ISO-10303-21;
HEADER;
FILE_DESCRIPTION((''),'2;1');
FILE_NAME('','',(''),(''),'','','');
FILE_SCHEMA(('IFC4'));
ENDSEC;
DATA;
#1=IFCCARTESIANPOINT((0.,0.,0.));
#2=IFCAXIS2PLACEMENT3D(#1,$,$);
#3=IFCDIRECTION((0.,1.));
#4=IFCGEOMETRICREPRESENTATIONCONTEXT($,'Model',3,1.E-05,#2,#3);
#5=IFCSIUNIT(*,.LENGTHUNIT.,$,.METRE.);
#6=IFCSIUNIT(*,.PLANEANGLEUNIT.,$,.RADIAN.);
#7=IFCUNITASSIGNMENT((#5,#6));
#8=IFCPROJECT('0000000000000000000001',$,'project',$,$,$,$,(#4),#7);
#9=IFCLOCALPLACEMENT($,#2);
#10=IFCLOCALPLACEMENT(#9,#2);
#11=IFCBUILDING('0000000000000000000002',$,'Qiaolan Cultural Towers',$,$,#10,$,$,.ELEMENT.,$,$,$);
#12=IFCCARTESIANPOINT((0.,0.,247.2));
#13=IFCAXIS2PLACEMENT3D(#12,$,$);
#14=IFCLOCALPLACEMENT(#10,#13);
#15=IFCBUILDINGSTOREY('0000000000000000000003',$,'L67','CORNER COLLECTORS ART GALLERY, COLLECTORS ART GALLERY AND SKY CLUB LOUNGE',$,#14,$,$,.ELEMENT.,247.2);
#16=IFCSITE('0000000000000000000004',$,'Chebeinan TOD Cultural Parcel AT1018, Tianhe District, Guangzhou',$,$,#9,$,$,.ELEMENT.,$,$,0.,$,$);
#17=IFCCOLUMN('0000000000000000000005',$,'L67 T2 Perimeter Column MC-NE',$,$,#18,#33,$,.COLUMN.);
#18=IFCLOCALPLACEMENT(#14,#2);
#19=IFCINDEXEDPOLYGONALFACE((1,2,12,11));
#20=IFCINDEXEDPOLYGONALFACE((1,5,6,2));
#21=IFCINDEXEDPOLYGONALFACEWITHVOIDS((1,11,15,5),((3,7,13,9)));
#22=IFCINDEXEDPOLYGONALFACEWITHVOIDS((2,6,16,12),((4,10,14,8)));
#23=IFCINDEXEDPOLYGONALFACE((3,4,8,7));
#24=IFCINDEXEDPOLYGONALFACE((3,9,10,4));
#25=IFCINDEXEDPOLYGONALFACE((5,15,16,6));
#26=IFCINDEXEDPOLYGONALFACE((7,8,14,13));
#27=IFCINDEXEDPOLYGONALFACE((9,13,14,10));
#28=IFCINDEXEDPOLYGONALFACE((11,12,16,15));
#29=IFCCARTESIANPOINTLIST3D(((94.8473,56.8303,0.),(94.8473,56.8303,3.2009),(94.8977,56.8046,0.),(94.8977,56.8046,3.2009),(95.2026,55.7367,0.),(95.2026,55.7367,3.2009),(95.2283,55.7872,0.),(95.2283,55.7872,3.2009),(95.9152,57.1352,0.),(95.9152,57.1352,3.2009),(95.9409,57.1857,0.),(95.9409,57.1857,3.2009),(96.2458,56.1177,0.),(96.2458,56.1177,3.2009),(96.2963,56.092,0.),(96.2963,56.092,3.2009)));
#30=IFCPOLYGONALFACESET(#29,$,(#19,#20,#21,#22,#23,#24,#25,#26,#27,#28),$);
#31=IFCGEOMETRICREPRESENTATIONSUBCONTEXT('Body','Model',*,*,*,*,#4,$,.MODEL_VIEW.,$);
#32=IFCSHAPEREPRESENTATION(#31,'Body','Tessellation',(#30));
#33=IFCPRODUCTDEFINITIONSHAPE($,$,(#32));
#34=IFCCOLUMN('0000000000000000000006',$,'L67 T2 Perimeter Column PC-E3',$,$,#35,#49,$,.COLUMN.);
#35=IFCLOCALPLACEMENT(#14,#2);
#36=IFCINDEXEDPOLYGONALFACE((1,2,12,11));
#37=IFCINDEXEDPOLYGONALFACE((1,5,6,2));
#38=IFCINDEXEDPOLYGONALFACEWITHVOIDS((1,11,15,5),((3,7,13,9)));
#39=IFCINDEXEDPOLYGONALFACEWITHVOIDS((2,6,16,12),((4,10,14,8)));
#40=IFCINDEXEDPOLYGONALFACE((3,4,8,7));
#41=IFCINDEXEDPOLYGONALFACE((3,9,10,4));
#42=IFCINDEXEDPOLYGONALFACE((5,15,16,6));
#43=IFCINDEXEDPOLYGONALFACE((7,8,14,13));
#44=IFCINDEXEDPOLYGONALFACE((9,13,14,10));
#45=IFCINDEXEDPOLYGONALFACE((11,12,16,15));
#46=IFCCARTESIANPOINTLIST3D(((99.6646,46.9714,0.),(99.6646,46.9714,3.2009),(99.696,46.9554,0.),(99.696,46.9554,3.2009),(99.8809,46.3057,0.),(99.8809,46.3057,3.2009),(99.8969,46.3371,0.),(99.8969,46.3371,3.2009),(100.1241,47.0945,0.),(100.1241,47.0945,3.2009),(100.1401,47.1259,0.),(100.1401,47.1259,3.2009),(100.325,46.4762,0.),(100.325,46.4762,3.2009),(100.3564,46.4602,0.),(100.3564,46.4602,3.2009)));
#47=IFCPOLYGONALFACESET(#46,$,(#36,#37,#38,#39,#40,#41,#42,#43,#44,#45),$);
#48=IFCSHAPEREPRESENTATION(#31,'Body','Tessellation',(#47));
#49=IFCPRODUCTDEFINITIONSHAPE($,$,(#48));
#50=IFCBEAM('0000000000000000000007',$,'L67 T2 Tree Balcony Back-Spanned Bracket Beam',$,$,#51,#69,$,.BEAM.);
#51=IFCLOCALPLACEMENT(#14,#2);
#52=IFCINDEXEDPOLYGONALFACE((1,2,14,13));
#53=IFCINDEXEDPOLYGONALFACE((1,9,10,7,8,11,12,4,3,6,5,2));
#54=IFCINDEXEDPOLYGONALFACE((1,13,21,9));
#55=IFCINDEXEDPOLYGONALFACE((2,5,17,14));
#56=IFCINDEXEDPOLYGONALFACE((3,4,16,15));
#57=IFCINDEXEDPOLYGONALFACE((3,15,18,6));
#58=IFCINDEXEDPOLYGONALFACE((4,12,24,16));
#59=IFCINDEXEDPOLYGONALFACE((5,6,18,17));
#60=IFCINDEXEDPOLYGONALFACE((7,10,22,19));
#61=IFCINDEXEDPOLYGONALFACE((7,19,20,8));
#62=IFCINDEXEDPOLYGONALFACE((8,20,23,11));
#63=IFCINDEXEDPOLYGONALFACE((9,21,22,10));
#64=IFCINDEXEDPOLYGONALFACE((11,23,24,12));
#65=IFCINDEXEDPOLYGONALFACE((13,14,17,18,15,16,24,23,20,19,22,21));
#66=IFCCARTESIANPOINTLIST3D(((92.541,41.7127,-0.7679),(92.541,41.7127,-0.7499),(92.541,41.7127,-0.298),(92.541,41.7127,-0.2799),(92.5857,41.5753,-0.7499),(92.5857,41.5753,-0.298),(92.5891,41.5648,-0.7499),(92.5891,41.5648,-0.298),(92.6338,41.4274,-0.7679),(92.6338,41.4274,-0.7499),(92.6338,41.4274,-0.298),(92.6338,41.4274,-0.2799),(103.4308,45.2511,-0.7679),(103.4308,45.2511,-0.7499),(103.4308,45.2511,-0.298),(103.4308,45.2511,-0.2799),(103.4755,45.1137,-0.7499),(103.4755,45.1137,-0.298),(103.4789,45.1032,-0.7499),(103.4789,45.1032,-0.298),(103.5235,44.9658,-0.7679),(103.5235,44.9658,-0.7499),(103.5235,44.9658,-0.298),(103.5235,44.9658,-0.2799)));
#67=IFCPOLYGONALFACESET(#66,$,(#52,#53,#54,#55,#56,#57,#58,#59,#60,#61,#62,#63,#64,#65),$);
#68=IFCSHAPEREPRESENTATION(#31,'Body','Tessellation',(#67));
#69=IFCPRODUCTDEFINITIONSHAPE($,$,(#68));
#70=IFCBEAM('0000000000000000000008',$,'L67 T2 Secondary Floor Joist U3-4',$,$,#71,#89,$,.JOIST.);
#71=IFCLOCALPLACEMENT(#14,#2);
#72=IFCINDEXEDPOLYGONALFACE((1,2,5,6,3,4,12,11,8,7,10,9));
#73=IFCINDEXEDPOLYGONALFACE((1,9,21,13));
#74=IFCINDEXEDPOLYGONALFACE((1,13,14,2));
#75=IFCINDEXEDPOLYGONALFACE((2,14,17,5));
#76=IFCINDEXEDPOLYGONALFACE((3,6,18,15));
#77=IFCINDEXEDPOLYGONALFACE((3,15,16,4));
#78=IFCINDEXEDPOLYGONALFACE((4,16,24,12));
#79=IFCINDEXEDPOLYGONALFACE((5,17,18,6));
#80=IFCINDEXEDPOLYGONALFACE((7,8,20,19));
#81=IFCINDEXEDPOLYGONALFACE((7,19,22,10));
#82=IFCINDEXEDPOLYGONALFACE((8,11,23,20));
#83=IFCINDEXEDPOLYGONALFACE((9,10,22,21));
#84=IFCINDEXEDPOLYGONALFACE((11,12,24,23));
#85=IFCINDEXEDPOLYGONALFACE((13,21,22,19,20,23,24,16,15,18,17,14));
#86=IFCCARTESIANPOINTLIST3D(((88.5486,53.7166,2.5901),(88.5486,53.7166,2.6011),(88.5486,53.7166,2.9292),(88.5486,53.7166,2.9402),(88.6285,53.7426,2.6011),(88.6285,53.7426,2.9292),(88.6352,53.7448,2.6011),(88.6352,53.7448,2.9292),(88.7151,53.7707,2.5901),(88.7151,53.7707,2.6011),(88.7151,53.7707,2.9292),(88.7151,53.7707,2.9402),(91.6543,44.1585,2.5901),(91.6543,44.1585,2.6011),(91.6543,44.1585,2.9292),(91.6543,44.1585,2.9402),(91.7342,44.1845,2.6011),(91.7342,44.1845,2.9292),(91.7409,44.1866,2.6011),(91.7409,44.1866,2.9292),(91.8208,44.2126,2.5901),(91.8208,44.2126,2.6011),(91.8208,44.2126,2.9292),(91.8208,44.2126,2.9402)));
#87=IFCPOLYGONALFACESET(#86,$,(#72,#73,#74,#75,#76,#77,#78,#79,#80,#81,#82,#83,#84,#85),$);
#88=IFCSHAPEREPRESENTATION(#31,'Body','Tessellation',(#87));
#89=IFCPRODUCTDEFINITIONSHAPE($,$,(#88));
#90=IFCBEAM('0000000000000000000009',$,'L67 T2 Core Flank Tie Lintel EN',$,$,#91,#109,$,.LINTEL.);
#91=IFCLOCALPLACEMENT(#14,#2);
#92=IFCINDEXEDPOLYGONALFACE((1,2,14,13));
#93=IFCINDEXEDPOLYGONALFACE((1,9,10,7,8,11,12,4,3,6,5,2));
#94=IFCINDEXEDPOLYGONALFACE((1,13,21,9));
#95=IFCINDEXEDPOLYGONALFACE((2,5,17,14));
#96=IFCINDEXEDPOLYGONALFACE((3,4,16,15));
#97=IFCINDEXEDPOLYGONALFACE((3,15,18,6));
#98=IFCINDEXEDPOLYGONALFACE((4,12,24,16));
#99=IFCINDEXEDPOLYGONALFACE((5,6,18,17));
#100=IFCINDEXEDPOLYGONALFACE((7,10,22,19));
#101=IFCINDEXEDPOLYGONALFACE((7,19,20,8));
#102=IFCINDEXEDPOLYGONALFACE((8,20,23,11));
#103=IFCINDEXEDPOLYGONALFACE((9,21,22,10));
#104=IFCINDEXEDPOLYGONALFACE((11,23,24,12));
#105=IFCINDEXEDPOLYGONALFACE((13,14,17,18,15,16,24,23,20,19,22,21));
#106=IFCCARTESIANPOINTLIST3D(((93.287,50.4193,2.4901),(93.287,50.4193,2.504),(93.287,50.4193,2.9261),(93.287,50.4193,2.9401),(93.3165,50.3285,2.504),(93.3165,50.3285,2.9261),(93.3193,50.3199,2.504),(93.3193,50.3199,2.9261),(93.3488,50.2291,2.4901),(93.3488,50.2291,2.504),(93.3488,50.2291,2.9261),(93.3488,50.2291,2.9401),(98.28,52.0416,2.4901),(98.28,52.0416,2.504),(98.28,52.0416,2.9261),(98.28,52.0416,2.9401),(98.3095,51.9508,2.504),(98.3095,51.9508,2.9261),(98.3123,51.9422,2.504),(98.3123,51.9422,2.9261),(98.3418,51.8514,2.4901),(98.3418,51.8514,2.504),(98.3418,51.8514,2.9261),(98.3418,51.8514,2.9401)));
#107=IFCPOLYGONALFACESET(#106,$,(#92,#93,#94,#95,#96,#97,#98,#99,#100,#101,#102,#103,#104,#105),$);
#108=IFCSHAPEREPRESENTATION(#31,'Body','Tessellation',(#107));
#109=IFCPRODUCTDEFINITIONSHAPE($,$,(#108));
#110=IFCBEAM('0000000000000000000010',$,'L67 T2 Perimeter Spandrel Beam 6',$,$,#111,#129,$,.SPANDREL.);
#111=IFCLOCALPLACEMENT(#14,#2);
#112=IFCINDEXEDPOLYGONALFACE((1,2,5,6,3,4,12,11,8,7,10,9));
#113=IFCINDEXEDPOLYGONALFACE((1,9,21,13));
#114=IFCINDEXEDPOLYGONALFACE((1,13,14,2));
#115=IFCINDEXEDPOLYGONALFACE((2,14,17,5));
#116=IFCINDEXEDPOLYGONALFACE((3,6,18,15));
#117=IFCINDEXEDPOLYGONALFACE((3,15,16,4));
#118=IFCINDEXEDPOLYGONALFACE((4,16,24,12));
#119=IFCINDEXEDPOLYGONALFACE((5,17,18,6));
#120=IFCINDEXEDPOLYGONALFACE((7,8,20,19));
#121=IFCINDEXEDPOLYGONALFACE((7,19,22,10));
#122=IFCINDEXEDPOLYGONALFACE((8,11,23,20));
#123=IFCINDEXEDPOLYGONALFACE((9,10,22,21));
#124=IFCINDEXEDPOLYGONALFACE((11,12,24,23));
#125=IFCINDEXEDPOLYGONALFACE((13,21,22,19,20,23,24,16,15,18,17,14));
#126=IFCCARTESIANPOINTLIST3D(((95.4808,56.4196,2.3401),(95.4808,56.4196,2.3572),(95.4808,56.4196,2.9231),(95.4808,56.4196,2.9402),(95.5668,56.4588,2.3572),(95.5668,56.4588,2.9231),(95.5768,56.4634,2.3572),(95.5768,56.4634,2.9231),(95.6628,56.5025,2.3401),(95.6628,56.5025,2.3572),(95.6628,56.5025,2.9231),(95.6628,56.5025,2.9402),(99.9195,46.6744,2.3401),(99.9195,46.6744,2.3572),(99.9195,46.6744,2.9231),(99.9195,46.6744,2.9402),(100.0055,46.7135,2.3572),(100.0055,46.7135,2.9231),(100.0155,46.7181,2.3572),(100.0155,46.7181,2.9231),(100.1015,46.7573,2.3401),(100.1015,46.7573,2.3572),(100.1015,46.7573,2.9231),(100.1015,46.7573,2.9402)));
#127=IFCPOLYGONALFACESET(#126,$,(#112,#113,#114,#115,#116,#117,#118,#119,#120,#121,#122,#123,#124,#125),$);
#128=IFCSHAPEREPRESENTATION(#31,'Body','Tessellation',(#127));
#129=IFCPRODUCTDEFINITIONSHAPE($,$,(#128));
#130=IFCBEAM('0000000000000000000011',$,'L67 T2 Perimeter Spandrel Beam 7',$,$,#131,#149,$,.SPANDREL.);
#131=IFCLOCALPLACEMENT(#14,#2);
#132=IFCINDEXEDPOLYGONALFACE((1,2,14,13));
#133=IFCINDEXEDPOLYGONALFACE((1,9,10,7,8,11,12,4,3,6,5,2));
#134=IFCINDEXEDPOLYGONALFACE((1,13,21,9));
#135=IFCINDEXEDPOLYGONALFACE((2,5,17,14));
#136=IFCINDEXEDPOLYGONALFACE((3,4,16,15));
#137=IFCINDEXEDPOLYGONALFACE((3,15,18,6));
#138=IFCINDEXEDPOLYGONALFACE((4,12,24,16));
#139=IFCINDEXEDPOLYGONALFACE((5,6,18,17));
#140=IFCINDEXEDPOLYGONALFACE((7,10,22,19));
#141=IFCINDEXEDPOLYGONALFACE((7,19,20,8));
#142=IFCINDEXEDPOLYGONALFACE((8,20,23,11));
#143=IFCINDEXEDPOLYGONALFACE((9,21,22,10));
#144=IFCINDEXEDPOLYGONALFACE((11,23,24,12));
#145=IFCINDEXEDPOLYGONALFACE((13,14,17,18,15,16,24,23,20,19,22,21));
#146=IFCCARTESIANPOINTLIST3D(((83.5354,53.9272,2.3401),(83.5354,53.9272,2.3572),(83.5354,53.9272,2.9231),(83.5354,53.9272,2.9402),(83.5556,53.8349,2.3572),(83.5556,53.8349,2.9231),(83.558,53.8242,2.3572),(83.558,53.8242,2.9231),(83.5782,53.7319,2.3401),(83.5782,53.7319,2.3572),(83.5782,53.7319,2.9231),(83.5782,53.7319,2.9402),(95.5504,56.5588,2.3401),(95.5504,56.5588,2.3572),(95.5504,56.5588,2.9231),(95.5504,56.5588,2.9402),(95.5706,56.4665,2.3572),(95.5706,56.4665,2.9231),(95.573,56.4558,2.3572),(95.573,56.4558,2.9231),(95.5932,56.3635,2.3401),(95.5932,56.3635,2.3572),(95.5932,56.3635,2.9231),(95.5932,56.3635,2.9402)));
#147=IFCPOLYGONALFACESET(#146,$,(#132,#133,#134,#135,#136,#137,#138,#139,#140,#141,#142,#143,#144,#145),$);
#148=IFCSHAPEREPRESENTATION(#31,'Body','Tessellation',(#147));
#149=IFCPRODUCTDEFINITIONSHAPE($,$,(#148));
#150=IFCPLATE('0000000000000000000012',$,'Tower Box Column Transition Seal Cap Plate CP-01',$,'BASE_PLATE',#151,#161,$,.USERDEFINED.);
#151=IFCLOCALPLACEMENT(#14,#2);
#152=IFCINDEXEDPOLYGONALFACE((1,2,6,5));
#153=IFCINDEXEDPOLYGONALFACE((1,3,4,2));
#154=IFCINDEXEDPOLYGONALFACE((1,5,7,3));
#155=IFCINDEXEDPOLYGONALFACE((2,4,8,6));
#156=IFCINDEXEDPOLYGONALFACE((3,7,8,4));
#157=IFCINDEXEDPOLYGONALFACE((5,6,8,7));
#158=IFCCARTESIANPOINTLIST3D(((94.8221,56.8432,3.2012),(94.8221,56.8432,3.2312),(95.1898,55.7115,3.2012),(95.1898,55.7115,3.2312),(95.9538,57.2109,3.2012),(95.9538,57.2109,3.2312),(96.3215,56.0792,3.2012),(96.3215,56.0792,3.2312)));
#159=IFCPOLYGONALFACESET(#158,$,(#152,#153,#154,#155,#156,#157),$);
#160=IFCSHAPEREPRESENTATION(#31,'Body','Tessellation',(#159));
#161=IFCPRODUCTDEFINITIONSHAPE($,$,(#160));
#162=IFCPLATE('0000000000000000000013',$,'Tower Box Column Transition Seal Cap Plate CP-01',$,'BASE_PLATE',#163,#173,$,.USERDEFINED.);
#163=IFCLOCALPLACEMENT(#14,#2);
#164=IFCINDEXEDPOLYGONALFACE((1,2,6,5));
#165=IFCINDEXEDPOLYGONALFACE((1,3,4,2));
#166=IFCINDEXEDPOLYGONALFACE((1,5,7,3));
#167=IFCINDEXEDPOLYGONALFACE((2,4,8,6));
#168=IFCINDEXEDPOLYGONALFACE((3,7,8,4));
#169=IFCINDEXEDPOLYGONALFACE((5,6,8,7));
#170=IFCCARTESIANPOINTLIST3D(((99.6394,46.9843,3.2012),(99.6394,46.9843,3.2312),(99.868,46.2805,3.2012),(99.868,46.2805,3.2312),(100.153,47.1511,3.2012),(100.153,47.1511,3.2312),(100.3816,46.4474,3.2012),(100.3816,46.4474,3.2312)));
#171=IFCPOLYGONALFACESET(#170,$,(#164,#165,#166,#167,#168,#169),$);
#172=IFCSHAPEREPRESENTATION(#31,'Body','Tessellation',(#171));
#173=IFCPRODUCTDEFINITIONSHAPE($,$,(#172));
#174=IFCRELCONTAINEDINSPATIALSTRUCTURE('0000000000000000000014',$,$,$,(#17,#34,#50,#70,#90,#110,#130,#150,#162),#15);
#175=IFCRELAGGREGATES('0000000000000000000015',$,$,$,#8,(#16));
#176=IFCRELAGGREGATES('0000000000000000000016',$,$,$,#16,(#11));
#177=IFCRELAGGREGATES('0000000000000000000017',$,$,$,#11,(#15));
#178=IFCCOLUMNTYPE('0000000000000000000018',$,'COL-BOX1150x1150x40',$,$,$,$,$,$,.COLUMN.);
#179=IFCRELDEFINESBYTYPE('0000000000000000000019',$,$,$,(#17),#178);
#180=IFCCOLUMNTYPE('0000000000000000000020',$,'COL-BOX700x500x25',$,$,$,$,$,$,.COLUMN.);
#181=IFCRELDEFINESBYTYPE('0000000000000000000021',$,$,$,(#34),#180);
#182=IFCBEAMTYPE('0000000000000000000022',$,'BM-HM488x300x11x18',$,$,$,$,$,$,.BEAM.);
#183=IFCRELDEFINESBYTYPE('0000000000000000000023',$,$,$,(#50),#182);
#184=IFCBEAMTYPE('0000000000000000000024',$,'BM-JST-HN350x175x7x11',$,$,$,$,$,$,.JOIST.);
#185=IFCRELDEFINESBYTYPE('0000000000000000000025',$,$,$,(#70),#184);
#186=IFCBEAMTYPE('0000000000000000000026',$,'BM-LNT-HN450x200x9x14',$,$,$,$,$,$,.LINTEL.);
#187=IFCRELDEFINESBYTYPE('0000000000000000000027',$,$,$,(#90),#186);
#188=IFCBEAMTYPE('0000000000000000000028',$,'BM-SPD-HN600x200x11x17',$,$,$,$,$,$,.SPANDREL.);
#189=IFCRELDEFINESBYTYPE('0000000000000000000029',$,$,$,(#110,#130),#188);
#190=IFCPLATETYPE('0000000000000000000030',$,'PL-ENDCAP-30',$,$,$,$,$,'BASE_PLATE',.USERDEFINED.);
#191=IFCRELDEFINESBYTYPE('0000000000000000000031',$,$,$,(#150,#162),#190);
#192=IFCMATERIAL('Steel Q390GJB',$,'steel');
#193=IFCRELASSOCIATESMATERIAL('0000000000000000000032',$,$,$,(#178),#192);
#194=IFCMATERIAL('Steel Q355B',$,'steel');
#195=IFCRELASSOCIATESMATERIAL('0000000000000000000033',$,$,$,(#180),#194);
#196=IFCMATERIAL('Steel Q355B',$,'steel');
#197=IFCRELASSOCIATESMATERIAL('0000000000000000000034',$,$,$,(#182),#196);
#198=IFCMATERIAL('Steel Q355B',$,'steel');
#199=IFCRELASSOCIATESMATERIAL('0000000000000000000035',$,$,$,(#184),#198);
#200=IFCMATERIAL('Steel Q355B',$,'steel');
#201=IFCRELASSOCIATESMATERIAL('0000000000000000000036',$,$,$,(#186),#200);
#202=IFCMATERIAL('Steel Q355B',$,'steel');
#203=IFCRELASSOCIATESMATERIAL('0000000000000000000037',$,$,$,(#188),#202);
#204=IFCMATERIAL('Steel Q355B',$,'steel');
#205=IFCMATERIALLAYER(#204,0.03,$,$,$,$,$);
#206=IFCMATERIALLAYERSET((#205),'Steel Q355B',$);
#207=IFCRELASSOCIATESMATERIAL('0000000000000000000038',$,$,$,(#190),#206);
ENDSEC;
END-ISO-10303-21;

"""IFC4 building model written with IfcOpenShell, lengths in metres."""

from ifc_helpers import new_model, si_unit, direction, frame, origin, origin_2d, place, context, subcontext, project, spatial, rectangle, hollow_rectangle, i_section, extrude, material, layer, layer_set, material_profile, profile_set, type_object, element, save


model = new_model("IFC4")

# Units and contexts
model_context = context("Model", 3, precision=1e-05, world=origin(), true_north=direction((0.0, 1.0)))
body_context = subcontext(model_context, "Body", "Model", "MODEL_VIEW")
ifc_project = project(units=[si_unit("LENGTHUNIT", "METRE"), si_unit("PLANEANGLEUNIT", "RADIAN")], contexts=[model_context])

# Site, building, storey
site_placement = place(None, origin())
site = spatial("IfcSite", under=ifc_project, at=site_placement, Name="Chebeinan TOD Cultural Parcel AT1018, Tianhe District, Guangzhou", CompositionType="ELEMENT", RefElevation=0.0)
building_placement = place(site_placement, origin())
building = spatial("IfcBuilding", under=site, at=building_placement, Name="Qiaolan Cultural Towers", CompositionType="ELEMENT")
storey_placement = place(building_placement, frame((0.0, 0.0, 247.2)))
storey = spatial("IfcBuildingStorey", under=building, at=storey_placement, Name="L67", Description="CORNER COLLECTORS ART GALLERY, COLLECTORS ART GALLERY AND SKY CLUB LOUNGE", CompositionType="ELEMENT", Elevation=247.2)

# Columns
ifc_material_1 = material(Name="Steel Q390GJB", Category="steel")
ifc_material_profile_1 = material_profile(ifc_material_1, hollow_rectangle(XDim=1.1499, YDim=1.1499, WallThickness=0.04, at=origin_2d()), Name="BOX1150x1150x40")
ifc_profile_set_1 = profile_set([ifc_material_profile_1], Name="Steel Q390GJB")
column_type_1 = type_object("IfcColumnType", Name="COL-BOX1150x1150x40", PredefinedType="COLUMN", material=ifc_profile_set_1)
column_1_placement = place(storey_placement, frame((95.5718, 56.4612, 0.0), z_axis=(0.0, 0.0, 1.0), x_axis=(0.951057, 0.309017, 0.0)))
element("IfcColumn", 1, at=column_1_placement, inside=storey, type_object=column_type_1, Name="L67 T2 Perimeter Column MC-NE", PredefinedType="COLUMN", context=body_context, shape_type="SweptSolid", body=[
    extrude(hollow_rectangle(XDim=1.1499, YDim=1.1499, WallThickness=0.04, at=origin_2d()), origin(), (0.0, 0.0, 1.0), 3.2009),
])
ifc_material_2 = material(Name="Steel Q355B", Category="steel")
ifc_material_profile_2 = material_profile(ifc_material_2, hollow_rectangle(XDim=0.5, YDim=0.7, WallThickness=0.0249, at=origin_2d()), Name="BOX700x500x25")
ifc_profile_set_2 = profile_set([ifc_material_profile_2], Name="Steel Q355B")
column_type_2 = type_object("IfcColumnType", Name="COL-BOX700x500x25", PredefinedType="COLUMN", material=ifc_profile_set_2)
column_2_placement = place(storey_placement, frame((100.0105, 46.7158, 0.0), z_axis=(0.0, 0.0, 1.0), x_axis=(0.951057, 0.309017, 0.0)))
element("IfcColumn", 2, at=column_2_placement, inside=storey, type_object=column_type_2, Name="L67 T2 Perimeter Column PC-E3", PredefinedType="COLUMN", context=body_context, shape_type="SweptSolid", body=[
    extrude(hollow_rectangle(XDim=0.5, YDim=0.7, WallThickness=0.0249, at=origin_2d()), origin(), (0.0, 0.0, 1.0), 3.2009),
])

# Beams
ifc_material_3 = material(Name="Steel Q355B", Category="steel")
ifc_material_profile_3 = material_profile(ifc_material_3, i_section(OverallWidth=0.3, OverallDepth=0.488, WebThickness=0.011, FlangeThickness=0.0181, at=origin_2d()), Name="HM488x300x11x18")
ifc_profile_set_3 = profile_set([ifc_material_profile_3], Name="Steel Q355B")
beam_type_1 = type_object("IfcBeamType", Name="BM-HM488x300x11x18", PredefinedType="BEAM", material=ifc_profile_set_3)
beam_1_placement = place(storey_placement, frame((92.5874, 41.5701, -0.5239), z_axis=(0.951055, 0.309022, 0.0), x_axis=(-0.309022, 0.951055, 0.0)))
element("IfcBeam", 3, at=beam_1_placement, inside=storey, type_object=beam_type_1, Name="L67 T2 Tree Balcony Back-Spanned Bracket Beam", PredefinedType="BEAM", context=body_context, shape_type="SweptSolid", body=[
    extrude(i_section(OverallWidth=0.3, OverallDepth=0.488, WebThickness=0.011, FlangeThickness=0.0181, at=origin_2d()), origin(), (0.0, 0.0, 1.0), 11.4502),
])
ifc_material_4 = material(Name="Steel Q355B", Category="steel")
ifc_material_profile_4 = material_profile(ifc_material_4, i_section(OverallWidth=0.175, OverallDepth=0.3501, WebThickness=0.0071, FlangeThickness=0.011, at=origin_2d()), Name="HN350x175x7x11")
ifc_profile_set_4 = profile_set([ifc_material_profile_4], Name="Steel Q355B")
beam_type_2 = type_object("IfcBeamType", Name="BM-JST-HN350x175x7x11", PredefinedType="JOIST", material=ifc_profile_set_4)
beam_2_placement = place(storey_placement, frame((91.7375, 44.1855, 2.7651), z_axis=(-0.309026, 0.951054, 0.0), x_axis=(-0.951054, -0.309026, 0.0)))
element("IfcBeam", 4, at=beam_2_placement, inside=storey, type_object=beam_type_2, Name="L67 T2 Secondary Floor Joist U3-4", PredefinedType="JOIST", context=body_context, shape_type="SweptSolid", body=[
    extrude(i_section(OverallWidth=0.175, OverallDepth=0.3501, WebThickness=0.0071, FlangeThickness=0.011, at=origin_2d()), origin(), (0.0, 0.0, 1.0), 10.05),
])
ifc_material_5 = material(Name="Steel Q355B", Category="steel")
ifc_material_profile_5 = material_profile(ifc_material_5, i_section(OverallWidth=0.2, OverallDepth=0.45, WebThickness=0.009, FlangeThickness=0.0139, at=origin_2d()), Name="HN450x200x9x14")
ifc_profile_set_5 = profile_set([ifc_material_profile_5], Name="Steel Q355B")
beam_type_3 = type_object("IfcBeamType", Name="BM-LNT-HN450x200x9x14", PredefinedType="LINTEL", material=ifc_profile_set_5)
beam_3_placement = place(storey_placement, frame((93.3179, 50.3242, 2.7151), z_axis=(0.95106, 0.309006, 0.0), x_axis=(-0.309006, 0.95106, 0.0)))
element("IfcBeam", 5, at=beam_3_placement, inside=storey, type_object=beam_type_3, Name="L67 T2 Core Flank Tie Lintel EN", PredefinedType="LINTEL", context=body_context, shape_type="SweptSolid", body=[
    extrude(i_section(OverallWidth=0.2, OverallDepth=0.45, WebThickness=0.009, FlangeThickness=0.0139, at=origin_2d()), origin(), (0.0, 0.0, 1.0), 5.25),
])
ifc_material_6 = material(Name="Steel Q355B", Category="steel")
ifc_material_profile_6 = material_profile(ifc_material_6, i_section(OverallWidth=0.2, OverallDepth=0.6001, WebThickness=0.011, FlangeThickness=0.0171, at=origin_2d()), Name="HN600x200x11x17")
ifc_profile_set_6 = profile_set([ifc_material_profile_6], Name="Steel Q355B")
beam_type_4 = type_object("IfcBeamType", Name="BM-SPD-HN600x200x11x17", PredefinedType="SPANDREL", material=ifc_profile_set_6)
beam_4_placement = place(storey_placement, frame((100.0105, 46.7158, 2.6401), z_axis=(-0.4145, 0.910049, 0.0), x_axis=(-0.910049, -0.4145, 0.0)))
element("IfcBeam", 6, at=beam_4_placement, inside=storey, type_object=beam_type_4, Name="L67 T2 Perimeter Spandrel Beam 6", PredefinedType="SPANDREL", context=body_context, shape_type="SweptSolid", body=[
    extrude(i_section(OverallWidth=0.2, OverallDepth=0.6001, WebThickness=0.011, FlangeThickness=0.0171, at=origin_2d()), origin(), (0.0, 0.0, 1.0), 10.7085),
])
beam_5_placement = place(storey_placement, frame((95.5718, 56.4612, 2.6401), z_axis=(-0.976843, -0.213956, 0.0), x_axis=(0.213956, -0.976843, 0.0)))
element("IfcBeam", 7, at=beam_5_placement, inside=storey, type_object=beam_type_4, Name="L67 T2 Perimeter Spandrel Beam 7", PredefinedType="SPANDREL", context=body_context, shape_type="SweptSolid", body=[
    extrude(i_section(OverallWidth=0.2, OverallDepth=0.6001, WebThickness=0.011, FlangeThickness=0.0171, at=origin_2d()), origin(), (0.0, 0.0, 1.0), 12.2998),
])

# Plates
ifc_material_7 = material(Name="Steel Q355B", Category="steel")
ifc_layer_1 = layer(ifc_material_7, 0.03)
ifc_layer_set_1 = layer_set([ifc_layer_1], Name="Steel Q355B")
plate_type = type_object("IfcPlateType", Name="PL-ENDCAP-30", ElementType="BASE_PLATE", PredefinedType="USERDEFINED", material=ifc_layer_set_1)
plate_1_placement = place(storey_placement, frame((95.5718, 56.4612, 3.2012), z_axis=(0.0, 0.0, 1.0), x_axis=(0.951057, 0.309017, 0.0)))
element("IfcPlate", 8, at=plate_1_placement, inside=storey, type_object=plate_type, Name="Tower Box Column Transition Seal Cap Plate CP-01", ObjectType="BASE_PLATE", PredefinedType="USERDEFINED", context=body_context, shape_type="SweptSolid", body=[
    extrude(rectangle(XDim=1.1899, YDim=1.1899, at=origin_2d()), origin(), (0.0, 0.0, 1.0), 0.03),
])
plate_2_placement = place(storey_placement, frame((100.0105, 46.7158, 3.2012), z_axis=(0.0, 0.0, 1.0), x_axis=(0.951057, 0.309017, 0.0)))
element("IfcPlate", 9, at=plate_2_placement, inside=storey, type_object=plate_type, Name="Tower Box Column Transition Seal Cap Plate CP-01", ObjectType="BASE_PLATE", PredefinedType="USERDEFINED", context=body_context, shape_type="SweptSolid", body=[
    extrude(rectangle(XDim=0.54, YDim=0.74, at=origin_2d()), origin(), (0.0, 0.0, 1.0), 0.03),
])

save(model, "model.ifc")
